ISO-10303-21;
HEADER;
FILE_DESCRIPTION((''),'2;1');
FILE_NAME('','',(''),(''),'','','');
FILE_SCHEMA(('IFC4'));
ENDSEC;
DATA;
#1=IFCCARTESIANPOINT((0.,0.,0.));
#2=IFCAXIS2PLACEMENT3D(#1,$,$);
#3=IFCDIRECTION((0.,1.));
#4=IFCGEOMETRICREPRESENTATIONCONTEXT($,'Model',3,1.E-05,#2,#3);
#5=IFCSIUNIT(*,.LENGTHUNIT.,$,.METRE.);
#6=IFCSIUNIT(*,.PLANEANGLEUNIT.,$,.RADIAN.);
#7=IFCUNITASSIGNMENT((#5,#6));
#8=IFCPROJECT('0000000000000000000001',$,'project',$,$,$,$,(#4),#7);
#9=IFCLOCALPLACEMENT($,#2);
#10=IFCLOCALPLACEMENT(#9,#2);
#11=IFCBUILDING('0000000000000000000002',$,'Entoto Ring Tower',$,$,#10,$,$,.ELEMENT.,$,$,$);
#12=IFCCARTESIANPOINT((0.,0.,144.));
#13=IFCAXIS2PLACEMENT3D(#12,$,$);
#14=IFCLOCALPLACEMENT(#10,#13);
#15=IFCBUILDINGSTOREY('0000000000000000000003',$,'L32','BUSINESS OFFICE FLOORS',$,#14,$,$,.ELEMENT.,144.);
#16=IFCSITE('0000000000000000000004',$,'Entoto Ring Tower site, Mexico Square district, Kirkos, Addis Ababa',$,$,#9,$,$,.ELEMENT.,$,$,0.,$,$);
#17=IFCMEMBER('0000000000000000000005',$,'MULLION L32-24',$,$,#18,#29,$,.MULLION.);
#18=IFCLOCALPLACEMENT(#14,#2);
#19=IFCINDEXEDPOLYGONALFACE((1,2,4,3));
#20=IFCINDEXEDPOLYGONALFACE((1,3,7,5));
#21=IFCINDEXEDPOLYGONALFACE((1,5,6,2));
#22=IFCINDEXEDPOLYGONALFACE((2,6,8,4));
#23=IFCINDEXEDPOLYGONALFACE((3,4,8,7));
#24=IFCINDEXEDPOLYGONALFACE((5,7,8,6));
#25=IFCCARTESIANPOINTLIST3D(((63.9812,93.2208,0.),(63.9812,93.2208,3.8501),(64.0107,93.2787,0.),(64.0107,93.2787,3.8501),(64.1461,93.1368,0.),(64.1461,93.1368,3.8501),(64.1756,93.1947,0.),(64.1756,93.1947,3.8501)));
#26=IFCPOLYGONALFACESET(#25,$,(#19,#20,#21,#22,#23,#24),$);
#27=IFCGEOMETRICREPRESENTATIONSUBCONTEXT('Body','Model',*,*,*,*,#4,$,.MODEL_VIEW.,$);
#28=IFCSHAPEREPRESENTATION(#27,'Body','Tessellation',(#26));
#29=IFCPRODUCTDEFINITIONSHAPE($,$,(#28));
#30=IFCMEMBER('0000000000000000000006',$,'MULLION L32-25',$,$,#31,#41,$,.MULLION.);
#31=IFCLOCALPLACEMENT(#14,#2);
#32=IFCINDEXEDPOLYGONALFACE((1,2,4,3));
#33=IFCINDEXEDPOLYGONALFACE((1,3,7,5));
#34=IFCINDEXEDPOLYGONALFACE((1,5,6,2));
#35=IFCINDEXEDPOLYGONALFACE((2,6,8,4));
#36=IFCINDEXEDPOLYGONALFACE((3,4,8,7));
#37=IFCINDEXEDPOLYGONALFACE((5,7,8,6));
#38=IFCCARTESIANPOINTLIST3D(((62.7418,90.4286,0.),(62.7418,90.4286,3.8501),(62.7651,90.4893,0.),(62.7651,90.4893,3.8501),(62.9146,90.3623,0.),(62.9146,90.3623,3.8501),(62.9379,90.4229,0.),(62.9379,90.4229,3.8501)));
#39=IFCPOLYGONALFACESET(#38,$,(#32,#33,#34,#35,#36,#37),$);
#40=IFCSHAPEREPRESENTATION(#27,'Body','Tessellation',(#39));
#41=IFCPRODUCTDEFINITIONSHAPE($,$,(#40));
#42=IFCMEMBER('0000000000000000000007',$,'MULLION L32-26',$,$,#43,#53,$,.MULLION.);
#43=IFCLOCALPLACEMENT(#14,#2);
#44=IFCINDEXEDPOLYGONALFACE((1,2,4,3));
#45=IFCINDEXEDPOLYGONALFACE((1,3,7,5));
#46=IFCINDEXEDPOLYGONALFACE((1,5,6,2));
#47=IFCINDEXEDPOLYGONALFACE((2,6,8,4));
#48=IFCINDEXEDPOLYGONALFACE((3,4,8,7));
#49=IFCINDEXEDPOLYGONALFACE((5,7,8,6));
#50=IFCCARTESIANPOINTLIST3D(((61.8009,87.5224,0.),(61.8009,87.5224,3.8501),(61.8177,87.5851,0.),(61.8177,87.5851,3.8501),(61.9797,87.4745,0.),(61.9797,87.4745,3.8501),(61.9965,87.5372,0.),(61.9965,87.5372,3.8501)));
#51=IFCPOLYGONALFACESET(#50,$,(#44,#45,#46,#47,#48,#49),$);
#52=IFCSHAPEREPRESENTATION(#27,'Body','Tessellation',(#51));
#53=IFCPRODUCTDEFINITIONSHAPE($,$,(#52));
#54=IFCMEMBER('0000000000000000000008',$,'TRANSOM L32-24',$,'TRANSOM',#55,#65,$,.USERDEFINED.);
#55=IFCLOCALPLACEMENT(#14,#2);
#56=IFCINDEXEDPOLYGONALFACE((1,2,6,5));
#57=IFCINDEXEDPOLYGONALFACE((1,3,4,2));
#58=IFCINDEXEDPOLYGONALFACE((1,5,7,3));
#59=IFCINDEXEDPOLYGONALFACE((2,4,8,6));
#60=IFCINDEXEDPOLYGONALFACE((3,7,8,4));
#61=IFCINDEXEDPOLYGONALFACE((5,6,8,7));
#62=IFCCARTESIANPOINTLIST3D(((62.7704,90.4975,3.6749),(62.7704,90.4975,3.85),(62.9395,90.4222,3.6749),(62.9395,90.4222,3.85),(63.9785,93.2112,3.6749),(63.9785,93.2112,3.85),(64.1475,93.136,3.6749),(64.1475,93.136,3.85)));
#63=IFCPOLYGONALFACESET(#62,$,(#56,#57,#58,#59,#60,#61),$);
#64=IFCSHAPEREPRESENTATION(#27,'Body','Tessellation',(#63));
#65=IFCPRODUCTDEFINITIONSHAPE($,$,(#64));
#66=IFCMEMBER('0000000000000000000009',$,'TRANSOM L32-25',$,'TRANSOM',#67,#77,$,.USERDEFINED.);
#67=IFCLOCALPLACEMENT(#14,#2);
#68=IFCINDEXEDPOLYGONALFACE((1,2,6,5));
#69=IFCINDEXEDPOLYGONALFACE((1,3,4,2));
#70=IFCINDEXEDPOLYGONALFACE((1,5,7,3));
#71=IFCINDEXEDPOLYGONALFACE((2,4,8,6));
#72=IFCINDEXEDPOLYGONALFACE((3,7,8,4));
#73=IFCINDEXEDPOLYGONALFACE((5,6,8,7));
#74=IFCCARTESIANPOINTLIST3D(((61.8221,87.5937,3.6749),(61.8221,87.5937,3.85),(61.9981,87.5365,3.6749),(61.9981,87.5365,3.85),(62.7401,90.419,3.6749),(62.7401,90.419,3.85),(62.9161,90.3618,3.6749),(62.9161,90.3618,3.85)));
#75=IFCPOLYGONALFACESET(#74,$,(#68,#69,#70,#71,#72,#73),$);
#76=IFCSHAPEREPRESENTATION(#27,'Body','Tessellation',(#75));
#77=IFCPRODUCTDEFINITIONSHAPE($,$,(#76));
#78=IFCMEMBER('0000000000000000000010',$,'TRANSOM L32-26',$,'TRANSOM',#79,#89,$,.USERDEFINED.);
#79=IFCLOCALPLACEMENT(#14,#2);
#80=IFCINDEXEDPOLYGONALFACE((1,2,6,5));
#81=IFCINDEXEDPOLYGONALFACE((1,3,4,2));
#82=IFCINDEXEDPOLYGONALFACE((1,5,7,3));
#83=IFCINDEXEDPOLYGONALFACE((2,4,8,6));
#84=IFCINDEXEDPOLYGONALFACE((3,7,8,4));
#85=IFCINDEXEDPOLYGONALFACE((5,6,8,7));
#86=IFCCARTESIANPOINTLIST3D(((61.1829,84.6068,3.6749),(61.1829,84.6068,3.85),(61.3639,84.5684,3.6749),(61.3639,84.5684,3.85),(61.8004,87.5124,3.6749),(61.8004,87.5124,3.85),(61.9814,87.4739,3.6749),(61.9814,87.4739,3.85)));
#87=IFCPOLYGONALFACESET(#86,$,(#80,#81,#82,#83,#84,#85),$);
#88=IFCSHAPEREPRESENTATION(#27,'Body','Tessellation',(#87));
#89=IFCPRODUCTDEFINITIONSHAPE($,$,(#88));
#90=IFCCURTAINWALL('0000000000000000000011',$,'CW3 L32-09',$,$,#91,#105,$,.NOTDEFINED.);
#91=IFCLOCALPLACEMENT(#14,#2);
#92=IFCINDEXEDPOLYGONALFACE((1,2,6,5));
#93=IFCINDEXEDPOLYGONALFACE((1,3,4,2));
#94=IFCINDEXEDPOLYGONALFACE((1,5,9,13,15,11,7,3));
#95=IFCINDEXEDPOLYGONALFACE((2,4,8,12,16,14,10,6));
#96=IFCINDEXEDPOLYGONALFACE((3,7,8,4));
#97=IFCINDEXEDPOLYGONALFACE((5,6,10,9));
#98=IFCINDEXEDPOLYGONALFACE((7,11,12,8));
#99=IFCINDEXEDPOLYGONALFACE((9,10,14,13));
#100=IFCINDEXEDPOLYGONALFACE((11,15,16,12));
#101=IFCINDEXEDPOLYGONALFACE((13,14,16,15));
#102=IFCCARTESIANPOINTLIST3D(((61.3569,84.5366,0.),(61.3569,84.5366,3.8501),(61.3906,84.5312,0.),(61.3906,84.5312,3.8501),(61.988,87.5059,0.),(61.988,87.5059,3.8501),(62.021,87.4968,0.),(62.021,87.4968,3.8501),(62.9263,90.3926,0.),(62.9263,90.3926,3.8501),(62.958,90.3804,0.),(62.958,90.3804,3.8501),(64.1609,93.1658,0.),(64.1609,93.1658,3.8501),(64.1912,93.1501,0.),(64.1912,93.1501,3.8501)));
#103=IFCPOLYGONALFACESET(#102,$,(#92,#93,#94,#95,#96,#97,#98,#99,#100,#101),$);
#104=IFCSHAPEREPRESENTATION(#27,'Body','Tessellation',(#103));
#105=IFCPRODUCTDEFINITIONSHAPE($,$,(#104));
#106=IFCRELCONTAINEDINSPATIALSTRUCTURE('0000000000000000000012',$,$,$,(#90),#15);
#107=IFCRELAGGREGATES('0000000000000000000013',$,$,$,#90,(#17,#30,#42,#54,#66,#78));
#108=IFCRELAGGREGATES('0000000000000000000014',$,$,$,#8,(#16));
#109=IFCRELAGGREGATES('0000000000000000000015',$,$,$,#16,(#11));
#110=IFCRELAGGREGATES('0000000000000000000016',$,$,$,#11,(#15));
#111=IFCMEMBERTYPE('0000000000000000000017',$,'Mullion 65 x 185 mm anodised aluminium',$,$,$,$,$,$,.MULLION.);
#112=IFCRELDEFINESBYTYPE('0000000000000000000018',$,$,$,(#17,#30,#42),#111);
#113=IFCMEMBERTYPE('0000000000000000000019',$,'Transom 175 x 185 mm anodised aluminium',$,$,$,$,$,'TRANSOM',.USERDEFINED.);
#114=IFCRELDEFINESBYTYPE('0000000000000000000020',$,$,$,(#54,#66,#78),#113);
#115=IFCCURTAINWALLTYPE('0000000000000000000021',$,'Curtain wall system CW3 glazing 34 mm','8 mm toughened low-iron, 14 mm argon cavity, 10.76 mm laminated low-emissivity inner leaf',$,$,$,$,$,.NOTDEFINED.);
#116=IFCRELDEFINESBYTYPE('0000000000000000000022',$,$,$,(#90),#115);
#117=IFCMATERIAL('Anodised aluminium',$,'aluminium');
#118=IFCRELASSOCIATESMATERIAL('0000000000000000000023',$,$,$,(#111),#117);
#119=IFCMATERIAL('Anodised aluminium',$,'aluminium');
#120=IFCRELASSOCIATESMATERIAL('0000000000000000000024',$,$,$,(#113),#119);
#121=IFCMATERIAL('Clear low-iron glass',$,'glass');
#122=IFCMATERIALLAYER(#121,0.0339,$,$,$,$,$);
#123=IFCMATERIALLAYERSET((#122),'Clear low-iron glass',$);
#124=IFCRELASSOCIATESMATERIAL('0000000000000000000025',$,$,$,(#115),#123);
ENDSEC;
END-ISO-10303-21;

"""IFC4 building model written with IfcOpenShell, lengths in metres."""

from ifc_helpers import new_model, si_unit, direction, frame, origin, origin_2d, place, context, subcontext, project, spatial, polyline, rectangle, outline, extrude, material, layer, layer_set, material_profile, profile_set, type_object, element, aggregate, save


model = new_model("IFC4")

# Units and contexts
model_context = context("Model", 3, precision=1e-05, world=origin(), true_north=direction((0.0, 1.0)))
body_context = subcontext(model_context, "Body", "Model", "MODEL_VIEW")
ifc_project = project(units=[si_unit("LENGTHUNIT", "METRE"), si_unit("PLANEANGLEUNIT", "RADIAN")], contexts=[model_context])

# Members
ifc_material_1 = material(Name="Anodised aluminium", Category="aluminium")
ifc_material_profile_1 = material_profile(ifc_material_1, rectangle(XDim=0.0649, YDim=0.1851, at=origin_2d()), Name="Mullion 65 x 185 mm anodised aluminium")
ifc_profile_set_1 = profile_set([ifc_material_profile_1], Name="Anodised aluminium")
member_type_1 = type_object("IfcMemberType", Name="Mullion 65 x 185 mm anodised aluminium", PredefinedType="MULLION", material=ifc_profile_set_1)
site_placement = place(None, origin())
building_placement = place(site_placement, origin())
storey_placement = place(building_placement, frame((0.0, 0.0, 144.0)))
member_1_placement = place(storey_placement, frame((64.0784, 93.2078, 0.0), z_axis=(0.0, 0.0, 1.0), x_axis=(-0.45399, -0.891007, 0.0)))
member_1 = element("IfcMember", 1, at=member_1_placement, type_object=member_type_1, Name="MULLION L32-24", PredefinedType="MULLION", context=body_context, shape_type="SweptSolid", body=[
    extrude(rectangle(XDim=0.0649, YDim=0.1851, at=origin_2d()), origin(), (0.0, 0.0, 1.0), 3.8501),
])
member_2_placement = place(storey_placement, frame((62.8398, 90.4258, 0.0), z_axis=(0.0, 0.0, 1.0), x_axis=(-0.358368, -0.93358, 0.0)))
member_2 = element("IfcMember", 2, at=member_2_placement, type_object=member_type_1, Name="MULLION L32-25", PredefinedType="MULLION", context=body_context, shape_type="SweptSolid", body=[
    extrude(rectangle(XDim=0.0649, YDim=0.1851, at=origin_2d()), origin(), (0.0, 0.0, 1.0), 3.8501),
])
member_3_placement = place(storey_placement, frame((61.8987, 87.5298, 0.0), z_axis=(0.0, 0.0, 1.0), x_axis=(-0.258819, -0.965926, 0.0)))
member_3 = element("IfcMember", 3, at=member_3_placement, type_object=member_type_1, Name="MULLION L32-26", PredefinedType="MULLION", context=body_context, shape_type="SweptSolid", body=[
    extrude(rectangle(XDim=0.0649, YDim=0.1851, at=origin_2d()), origin(), (0.0, 0.0, 1.0), 3.8501),
])
ifc_material_2 = material(Name="Anodised aluminium", Category="aluminium")
ifc_material_profile_2 = material_profile(ifc_material_2, rectangle(XDim=0.1851, YDim=0.175, at=origin_2d()), Name="Transom 175 x 185 mm anodised aluminium")
ifc_profile_set_2 = profile_set([ifc_material_profile_2], Name="Anodised aluminium")
member_type_2 = type_object("IfcMemberType", Name="Transom 175 x 185 mm anodised aluminium", ElementType="TRANSOM", PredefinedType="USERDEFINED", material=ifc_profile_set_2)
member_4_placement = place(storey_placement, frame((64.063, 93.1736, 3.7625), z_axis=(-0.406687, -0.913567, 0.0), x_axis=(0.913567, -0.406687, 0.0)))
member_4 = element("IfcMember", 4, at=member_4_placement, type_object=member_type_2, Name="TRANSOM L32-24", ObjectType="TRANSOM", PredefinedType="USERDEFINED", context=body_context, shape_type="SweptSolid", body=[
    extrude(rectangle(XDim=0.1851, YDim=0.175, at=origin_2d()), origin(), (0.0, 0.0, 1.0), 2.9705),
])
member_5_placement = place(storey_placement, frame((62.8281, 90.3904, 3.7625), z_axis=(-0.309019, -0.951056, 0.0), x_axis=(0.951056, -0.309019, 0.0)))
member_5 = element("IfcMember", 5, at=member_5_placement, type_object=member_type_2, Name="TRANSOM L32-25", ObjectType="TRANSOM", PredefinedType="USERDEFINED", context=body_context, shape_type="SweptSolid", body=[
    extrude(rectangle(XDim=0.1851, YDim=0.175, at=origin_2d()), origin(), (0.0, 0.0, 1.0), 2.9707),
])
member_6_placement = place(storey_placement, frame((61.8909, 87.4932, 3.7625), z_axis=(-0.207862, -0.978158, 0.0), x_axis=(0.978158, -0.207862, 0.0)))
member_6 = element("IfcMember", 6, at=member_6_placement, type_object=member_type_2, Name="TRANSOM L32-26", ObjectType="TRANSOM", PredefinedType="USERDEFINED", context=body_context, shape_type="SweptSolid", body=[
    extrude(rectangle(XDim=0.1851, YDim=0.175, at=origin_2d()), origin(), (0.0, 0.0, 1.0), 2.9705),
])

# Site, building, storey
site = spatial("IfcSite", under=ifc_project, at=site_placement, Name="Entoto Ring Tower site, Mexico Square district, Kirkos, Addis Ababa", CompositionType="ELEMENT", RefElevation=0.0)
building = spatial("IfcBuilding", under=site, at=building_placement, Name="Entoto Ring Tower", CompositionType="ELEMENT")
storey = spatial("IfcBuildingStorey", under=building, at=storey_placement, Name="L32", Description="BUSINESS OFFICE FLOORS", CompositionType="ELEMENT", Elevation=144.0)

# Curtain wall
ifc_material_3 = material(Name="Clear low-iron glass", Category="glass")
ifc_layer = layer(ifc_material_3, 0.0339)
ifc_layer_set = layer_set([ifc_layer], Name="Clear low-iron glass")
curtain_wall_type = type_object("IfcCurtainWallType", Name="Curtain wall system CW3 glazing 34 mm", Description="8 mm toughened low-iron, 14 mm argon cavity, 10.76 mm laminated low-emissivity inner leaf", PredefinedType="NOTDEFINED", material=ifc_layer_set)
curtain_wall_1_placement = place(storey_placement, origin())
curtain_wall_1 = element("IfcCurtainWall", 7, at=curtain_wall_1_placement, inside=storey, type_object=curtain_wall_type, Name="CW3 L32-09", PredefinedType="NOTDEFINED", context=body_context, shape_type="SweptSolid", body=[
    extrude(outline(polyline([(64.1609, 93.1658), (62.9263, 90.3926), (61.988, 87.5059), (61.3569, 84.5366), (61.3906, 84.5312), (62.021, 87.4968), (62.958, 90.3804), (64.1912, 93.1501), (64.1609, 93.1658)])), origin(), (0.0, 0.0, 1.0), 3.8501),
])
aggregate(curtain_wall_1, [member_1, member_2, member_3, member_4, member_5, member_6])

save(model, "model.ifc")
